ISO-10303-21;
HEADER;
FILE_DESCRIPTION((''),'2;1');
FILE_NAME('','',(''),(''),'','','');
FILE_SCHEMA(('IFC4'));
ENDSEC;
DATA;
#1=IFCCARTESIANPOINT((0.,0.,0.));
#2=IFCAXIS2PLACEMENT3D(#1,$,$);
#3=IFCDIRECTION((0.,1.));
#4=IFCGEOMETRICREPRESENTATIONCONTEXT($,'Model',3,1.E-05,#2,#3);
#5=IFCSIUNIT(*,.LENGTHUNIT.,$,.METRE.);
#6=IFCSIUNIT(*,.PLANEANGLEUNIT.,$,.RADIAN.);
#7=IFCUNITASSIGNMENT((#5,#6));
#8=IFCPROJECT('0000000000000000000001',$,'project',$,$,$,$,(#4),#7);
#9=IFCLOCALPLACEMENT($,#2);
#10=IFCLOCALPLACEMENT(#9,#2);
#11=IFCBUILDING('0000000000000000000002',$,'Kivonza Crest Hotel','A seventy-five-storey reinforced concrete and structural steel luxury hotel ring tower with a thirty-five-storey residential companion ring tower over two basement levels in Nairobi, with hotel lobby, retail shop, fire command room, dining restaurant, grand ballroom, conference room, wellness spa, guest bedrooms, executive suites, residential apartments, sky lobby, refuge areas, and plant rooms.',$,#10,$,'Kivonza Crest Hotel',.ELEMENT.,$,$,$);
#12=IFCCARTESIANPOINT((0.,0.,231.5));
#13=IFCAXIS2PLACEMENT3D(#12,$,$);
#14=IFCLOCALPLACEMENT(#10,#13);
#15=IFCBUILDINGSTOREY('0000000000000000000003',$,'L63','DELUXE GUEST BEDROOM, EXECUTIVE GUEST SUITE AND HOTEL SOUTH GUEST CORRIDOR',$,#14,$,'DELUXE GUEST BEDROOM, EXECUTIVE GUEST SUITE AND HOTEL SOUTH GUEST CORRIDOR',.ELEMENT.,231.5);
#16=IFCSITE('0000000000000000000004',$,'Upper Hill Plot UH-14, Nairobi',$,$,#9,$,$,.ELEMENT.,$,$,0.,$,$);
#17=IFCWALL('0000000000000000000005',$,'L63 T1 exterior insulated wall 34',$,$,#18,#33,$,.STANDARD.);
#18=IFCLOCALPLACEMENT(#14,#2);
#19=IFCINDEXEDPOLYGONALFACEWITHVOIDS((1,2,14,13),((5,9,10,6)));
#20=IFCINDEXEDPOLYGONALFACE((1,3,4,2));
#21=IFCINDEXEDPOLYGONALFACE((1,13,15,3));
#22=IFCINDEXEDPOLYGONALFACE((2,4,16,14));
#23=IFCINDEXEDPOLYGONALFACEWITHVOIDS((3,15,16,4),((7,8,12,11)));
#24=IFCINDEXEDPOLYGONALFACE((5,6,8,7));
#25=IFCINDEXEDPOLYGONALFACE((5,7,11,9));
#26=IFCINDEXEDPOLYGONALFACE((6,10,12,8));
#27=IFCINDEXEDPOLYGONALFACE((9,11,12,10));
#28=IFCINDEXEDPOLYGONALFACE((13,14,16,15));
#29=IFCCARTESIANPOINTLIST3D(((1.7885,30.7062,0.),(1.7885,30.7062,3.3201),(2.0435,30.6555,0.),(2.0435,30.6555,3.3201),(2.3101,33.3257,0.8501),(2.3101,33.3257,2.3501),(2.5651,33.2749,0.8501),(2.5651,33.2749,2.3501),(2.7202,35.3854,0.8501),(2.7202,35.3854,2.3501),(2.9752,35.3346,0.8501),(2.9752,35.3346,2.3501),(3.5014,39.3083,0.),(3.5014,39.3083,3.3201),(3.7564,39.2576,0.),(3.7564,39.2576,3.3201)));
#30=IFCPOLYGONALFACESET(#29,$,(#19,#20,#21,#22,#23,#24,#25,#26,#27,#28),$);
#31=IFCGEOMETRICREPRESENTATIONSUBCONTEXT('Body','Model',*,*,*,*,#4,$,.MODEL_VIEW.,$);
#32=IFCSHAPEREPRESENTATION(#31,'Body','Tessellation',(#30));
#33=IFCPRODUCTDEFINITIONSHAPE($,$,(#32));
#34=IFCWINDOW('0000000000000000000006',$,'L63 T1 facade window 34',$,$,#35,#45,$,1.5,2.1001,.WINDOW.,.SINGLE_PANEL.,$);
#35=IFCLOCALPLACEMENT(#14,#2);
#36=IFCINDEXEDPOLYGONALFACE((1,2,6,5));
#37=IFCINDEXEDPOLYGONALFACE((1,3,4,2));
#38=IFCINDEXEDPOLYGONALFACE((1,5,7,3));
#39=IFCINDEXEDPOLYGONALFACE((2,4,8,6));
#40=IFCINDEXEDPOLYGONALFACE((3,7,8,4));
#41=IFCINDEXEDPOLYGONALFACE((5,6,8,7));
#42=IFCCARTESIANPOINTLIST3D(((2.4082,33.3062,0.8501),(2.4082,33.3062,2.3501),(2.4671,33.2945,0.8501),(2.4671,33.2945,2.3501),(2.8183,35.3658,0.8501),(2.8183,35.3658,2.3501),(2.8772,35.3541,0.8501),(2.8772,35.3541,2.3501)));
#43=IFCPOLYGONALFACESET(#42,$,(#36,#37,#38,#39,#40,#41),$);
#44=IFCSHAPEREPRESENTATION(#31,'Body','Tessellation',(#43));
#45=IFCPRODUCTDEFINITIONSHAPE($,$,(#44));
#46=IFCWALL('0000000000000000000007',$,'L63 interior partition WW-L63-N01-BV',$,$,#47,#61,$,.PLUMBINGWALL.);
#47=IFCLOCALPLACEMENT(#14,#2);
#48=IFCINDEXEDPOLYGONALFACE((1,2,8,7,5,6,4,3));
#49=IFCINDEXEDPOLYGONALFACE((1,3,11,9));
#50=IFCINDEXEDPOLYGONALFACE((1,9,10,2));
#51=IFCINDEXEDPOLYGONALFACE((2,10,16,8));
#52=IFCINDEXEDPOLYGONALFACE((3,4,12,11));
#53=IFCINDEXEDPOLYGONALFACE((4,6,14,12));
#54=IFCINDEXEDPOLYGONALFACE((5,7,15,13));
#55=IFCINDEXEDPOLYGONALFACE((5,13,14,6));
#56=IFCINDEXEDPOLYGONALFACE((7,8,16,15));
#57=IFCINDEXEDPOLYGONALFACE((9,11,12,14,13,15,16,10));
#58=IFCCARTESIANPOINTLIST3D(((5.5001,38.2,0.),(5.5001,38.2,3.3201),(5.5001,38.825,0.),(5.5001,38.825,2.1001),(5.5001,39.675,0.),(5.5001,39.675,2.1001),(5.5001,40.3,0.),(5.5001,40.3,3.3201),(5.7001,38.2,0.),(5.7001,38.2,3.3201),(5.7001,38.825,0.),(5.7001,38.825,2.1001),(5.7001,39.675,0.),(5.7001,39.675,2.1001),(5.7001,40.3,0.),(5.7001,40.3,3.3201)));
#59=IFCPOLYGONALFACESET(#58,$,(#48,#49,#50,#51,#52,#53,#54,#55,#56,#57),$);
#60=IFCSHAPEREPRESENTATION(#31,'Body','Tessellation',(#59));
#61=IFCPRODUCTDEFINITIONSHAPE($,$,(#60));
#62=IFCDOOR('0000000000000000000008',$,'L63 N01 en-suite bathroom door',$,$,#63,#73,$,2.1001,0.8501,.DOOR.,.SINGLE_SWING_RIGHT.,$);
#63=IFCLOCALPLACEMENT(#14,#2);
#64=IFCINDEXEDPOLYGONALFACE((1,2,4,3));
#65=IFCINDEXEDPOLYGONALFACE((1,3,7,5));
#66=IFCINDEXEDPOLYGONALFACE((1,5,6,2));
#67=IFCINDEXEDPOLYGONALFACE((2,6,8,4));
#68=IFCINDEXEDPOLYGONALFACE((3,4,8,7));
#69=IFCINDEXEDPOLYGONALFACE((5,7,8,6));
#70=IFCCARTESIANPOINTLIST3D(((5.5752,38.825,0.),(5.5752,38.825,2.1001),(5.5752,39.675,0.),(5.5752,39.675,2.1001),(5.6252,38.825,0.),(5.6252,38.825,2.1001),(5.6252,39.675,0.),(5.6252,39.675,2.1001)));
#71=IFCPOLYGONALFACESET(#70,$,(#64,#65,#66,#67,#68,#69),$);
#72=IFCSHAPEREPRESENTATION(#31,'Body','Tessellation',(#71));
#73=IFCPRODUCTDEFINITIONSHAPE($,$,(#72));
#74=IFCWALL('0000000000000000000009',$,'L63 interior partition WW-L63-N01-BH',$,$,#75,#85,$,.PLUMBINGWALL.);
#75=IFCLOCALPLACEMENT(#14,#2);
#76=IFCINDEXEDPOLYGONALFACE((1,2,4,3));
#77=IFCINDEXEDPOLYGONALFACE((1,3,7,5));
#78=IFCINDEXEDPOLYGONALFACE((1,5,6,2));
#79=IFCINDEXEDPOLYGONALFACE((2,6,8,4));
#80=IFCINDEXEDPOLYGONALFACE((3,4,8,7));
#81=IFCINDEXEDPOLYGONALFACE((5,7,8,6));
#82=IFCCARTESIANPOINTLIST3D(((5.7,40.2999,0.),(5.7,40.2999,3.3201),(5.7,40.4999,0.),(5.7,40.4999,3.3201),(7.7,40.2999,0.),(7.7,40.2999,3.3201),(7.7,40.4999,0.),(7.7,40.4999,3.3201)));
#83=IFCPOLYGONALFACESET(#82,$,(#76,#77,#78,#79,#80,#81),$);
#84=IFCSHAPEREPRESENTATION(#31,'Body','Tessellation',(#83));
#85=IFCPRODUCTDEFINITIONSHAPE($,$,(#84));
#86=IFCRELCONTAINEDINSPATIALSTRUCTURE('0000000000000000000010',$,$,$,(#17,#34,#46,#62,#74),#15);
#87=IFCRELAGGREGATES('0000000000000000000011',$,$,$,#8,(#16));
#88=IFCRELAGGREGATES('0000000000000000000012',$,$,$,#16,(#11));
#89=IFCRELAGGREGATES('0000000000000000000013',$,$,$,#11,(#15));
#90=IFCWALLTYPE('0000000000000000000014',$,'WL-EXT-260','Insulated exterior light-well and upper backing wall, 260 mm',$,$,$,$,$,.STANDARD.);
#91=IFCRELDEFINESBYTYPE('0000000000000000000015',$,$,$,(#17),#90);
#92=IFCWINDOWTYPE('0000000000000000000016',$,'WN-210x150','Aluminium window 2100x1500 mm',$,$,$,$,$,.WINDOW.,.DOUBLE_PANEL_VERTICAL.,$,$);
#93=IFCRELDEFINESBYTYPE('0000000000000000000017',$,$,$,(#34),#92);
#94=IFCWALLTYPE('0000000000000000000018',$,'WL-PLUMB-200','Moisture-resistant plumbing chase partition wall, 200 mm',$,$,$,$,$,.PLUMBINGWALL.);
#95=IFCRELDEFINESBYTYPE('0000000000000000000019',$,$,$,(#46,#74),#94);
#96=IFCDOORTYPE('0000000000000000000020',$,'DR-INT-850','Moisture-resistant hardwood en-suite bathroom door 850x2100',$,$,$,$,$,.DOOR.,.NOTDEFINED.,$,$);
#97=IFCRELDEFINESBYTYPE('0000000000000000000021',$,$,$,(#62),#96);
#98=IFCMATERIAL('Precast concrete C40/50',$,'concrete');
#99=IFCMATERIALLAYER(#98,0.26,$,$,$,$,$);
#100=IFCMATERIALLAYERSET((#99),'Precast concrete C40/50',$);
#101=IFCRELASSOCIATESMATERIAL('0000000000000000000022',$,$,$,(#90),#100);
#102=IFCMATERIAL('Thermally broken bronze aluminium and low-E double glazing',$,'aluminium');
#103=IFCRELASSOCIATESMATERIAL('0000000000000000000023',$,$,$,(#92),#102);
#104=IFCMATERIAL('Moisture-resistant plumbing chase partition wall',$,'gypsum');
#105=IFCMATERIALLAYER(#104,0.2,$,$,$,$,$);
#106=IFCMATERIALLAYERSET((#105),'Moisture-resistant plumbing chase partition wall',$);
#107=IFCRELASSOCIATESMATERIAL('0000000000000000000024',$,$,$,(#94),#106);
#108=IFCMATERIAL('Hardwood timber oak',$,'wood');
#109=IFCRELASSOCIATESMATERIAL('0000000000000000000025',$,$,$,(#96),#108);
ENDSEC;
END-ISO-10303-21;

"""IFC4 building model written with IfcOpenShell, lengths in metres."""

from ifc_helpers import new_model, si_unit, direction, frame, frame_2d, origin, place, context, subcontext, project, spatial, rectangle, extrude, material, layer, layer_set, type_object, element, fill, save


model = new_model("IFC4")

# Units and contexts
model_context = context("Model", 3, precision=1e-05, world=origin(), true_north=direction((0.0, 1.0)))
body_context = subcontext(model_context, "Body", "Model", "MODEL_VIEW")
ifc_project = project(units=[si_unit("LENGTHUNIT", "METRE"), si_unit("PLANEANGLEUNIT", "RADIAN")], contexts=[model_context])

# Site, building, storey
site_placement = place(None, origin())
site = spatial("IfcSite", under=ifc_project, at=site_placement, Name="Upper Hill Plot UH-14, Nairobi", CompositionType="ELEMENT", RefElevation=0.0)
building_placement = place(site_placement, origin())
building = spatial("IfcBuilding", under=site, at=building_placement, Name="Kivonza Crest Hotel", Description="A seventy-five-storey reinforced concrete and structural steel luxury hotel ring tower with a thirty-five-storey residential companion ring tower over two basement levels in Nairobi, with hotel lobby, retail shop, fire command room, dining restaurant, grand ballroom, conference room, wellness spa, guest bedrooms, executive suites, residential apartments, sky lobby, refuge areas, and plant rooms.", LongName="Kivonza Crest Hotel", CompositionType="ELEMENT")
storey_placement = place(building_placement, frame((0.0, 0.0, 231.5)))
storey = spatial("IfcBuildingStorey", under=building, at=storey_placement, Name="L63", Description="DELUXE GUEST BEDROOM, EXECUTIVE GUEST SUITE AND HOTEL SOUTH GUEST CORRIDOR", LongName="DELUXE GUEST BEDROOM, EXECUTIVE GUEST SUITE AND HOTEL SOUTH GUEST CORRIDOR", CompositionType="ELEMENT", Elevation=231.5)

# Shared definitions
ifc_material_1 = material(Name="Hardwood timber oak", Category="wood")

# Shared definitions
ifc_material_2 = material(Name="Precast concrete C40/50", Category="concrete")
ifc_layer_1 = layer(ifc_material_2, 0.26)
ifc_layer_set_1 = layer_set([ifc_layer_1], Name="Precast concrete C40/50")
wall_type_1 = type_object("IfcWallType", Name="WL-EXT-260", Description="Insulated exterior light-well and upper backing wall, 260 mm", PredefinedType="STANDARD", material=ifc_layer_set_1)

# Wall, opening, window
ifc_material_3 = material(Name="Thermally broken bronze aluminium and low-E double glazing", Category="aluminium")
wall_1_placement = place(storey_placement, frame((3.6289, 39.283, 0.0), z_axis=(0.0, 0.0, 1.0), x_axis=(-0.195292, -0.980745, 0.0)))
wall_1 = element("IfcWall", 1, at=wall_1_placement, inside=storey, type_object=wall_type_1, Name="L63 T1 exterior insulated wall 34", PredefinedType="STANDARD", context=body_context, shape_type="SweptSolid", body=[
    extrude(rectangle(XDim=8.771, YDim=0.26, at=frame_2d((4.3855, 0.0))), origin(), (0.0, 0.0, 1.0), 3.3201),
])
opening_1_placement = place(wall_1_placement, frame((4.0, 0.0, 0.8501)))
opening_1 = element("IfcOpeningElement", 2, at=opening_1_placement, cuts=wall_1, PredefinedType="OPENING", context=body_context, shape_type="SweptSolid", body=[
    extrude(rectangle(XDim=2.1001, YDim=1.5, at=frame_2d((1.05, 0.75))), frame((0.0, 0.1401, 0.0), z_axis=(0.0, -1.0, 0.0), x_axis=(1.0, 0.0, 0.0)), (0.0, 0.0, 1.0), 0.28),
])
window_type_1 = type_object("IfcWindowType", Name="WN-210x150", Description="Aluminium window 2100x1500 mm", PartitioningType="DOUBLE_PANEL_VERTICAL", PredefinedType="WINDOW", material=ifc_material_3)
window_1_placement = place(opening_1_placement, origin())
window_1 = element("IfcWindow", 3, at=window_1_placement, inside=storey, type_object=window_type_1, Name="L63 T1 facade window 34", OverallHeight=1.5, OverallWidth=2.1001, PartitioningType="SINGLE_PANEL", PredefinedType="WINDOW", context=body_context, shape_type="SweptSolid", body=[
    extrude(rectangle(XDim=2.1001, YDim=1.5, at=frame_2d((1.05, 0.75))), frame((0.0, 0.03, 0.0), z_axis=(0.0, -1.0, 0.0), x_axis=(1.0, 0.0, 0.0)), (0.0, 0.0, 1.0), 0.0601),
])
fill(opening_1, window_1)

# Wall, opening, door
ifc_material_4 = material(Name="Moisture-resistant plumbing chase partition wall", Category="gypsum")
ifc_layer_2 = layer(ifc_material_4, 0.2)
ifc_layer_set_2 = layer_set([ifc_layer_2], Name="Moisture-resistant plumbing chase partition wall")
wall_type_2 = type_object("IfcWallType", Name="WL-PLUMB-200", Description="Moisture-resistant plumbing chase partition wall, 200 mm", PredefinedType="PLUMBINGWALL", material=ifc_layer_set_2)
wall_2_placement = place(storey_placement, frame((5.6001, 38.2, 0.0), z_axis=(0.0, 0.0, 1.0), x_axis=(0.0, 1.0, 0.0)))
wall_2 = element("IfcWall", 4, at=wall_2_placement, inside=storey, type_object=wall_type_2, Name="L63 interior partition WW-L63-N01-BV", PredefinedType="PLUMBINGWALL", context=body_context, shape_type="SweptSolid", body=[
    extrude(rectangle(XDim=2.1001, YDim=0.2, at=frame_2d((1.05, 0.0))), origin(), (0.0, 0.0, 1.0), 3.3201),
])
opening_2_placement = place(wall_2_placement, frame((0.625, 0.0, 0.0)))
opening_2 = element("IfcOpeningElement", 5, at=opening_2_placement, cuts=wall_2, PredefinedType="OPENING", context=body_context, shape_type="SweptSolid", body=[
    extrude(rectangle(XDim=0.8501, YDim=2.1001, at=frame_2d((0.425, 1.05))), frame((0.0, 0.1099, 0.0), z_axis=(0.0, -1.0, 0.0), x_axis=(1.0, 0.0, 0.0)), (0.0, 0.0, 1.0), 0.22),
])
door_type_1 = type_object("IfcDoorType", Name="DR-INT-850", Description="Moisture-resistant hardwood en-suite bathroom door 850x2100", OperationType="NOTDEFINED", PredefinedType="DOOR", material=ifc_material_1)
door_1_placement = place(opening_2_placement, origin())
door_1 = element("IfcDoor", 6, at=door_1_placement, inside=storey, type_object=door_type_1, Name="L63 N01 en-suite bathroom door", OperationType="SINGLE_SWING_RIGHT", OverallHeight=2.1001, OverallWidth=0.8501, PredefinedType="DOOR", context=body_context, shape_type="SweptSolid", body=[
    extrude(rectangle(XDim=0.8501, YDim=2.1001, at=frame_2d((0.425, 1.05))), frame((0.0, 0.0249, 0.0), z_axis=(0.0, -1.0, 0.0), x_axis=(1.0, 0.0, 0.0)), (0.0, 0.0, 1.0), 0.05),
])
fill(opening_2, door_1)

# Wall
wall_3_placement = place(storey_placement, frame((5.7, 40.3999, 0.0), z_axis=(0.0, 0.0, 1.0), x_axis=(1.0, 0.0, 0.0)))
element("IfcWall", 7, at=wall_3_placement, inside=storey, type_object=wall_type_2, Name="L63 interior partition WW-L63-N01-BH", PredefinedType="PLUMBINGWALL", context=body_context, shape_type="SweptSolid", body=[
    extrude(rectangle(XDim=2.0, YDim=0.2, at=frame_2d((1.0, 0.0))), origin(), (0.0, 0.0, 1.0), 3.3201),
])

save(model, "model.ifc")
